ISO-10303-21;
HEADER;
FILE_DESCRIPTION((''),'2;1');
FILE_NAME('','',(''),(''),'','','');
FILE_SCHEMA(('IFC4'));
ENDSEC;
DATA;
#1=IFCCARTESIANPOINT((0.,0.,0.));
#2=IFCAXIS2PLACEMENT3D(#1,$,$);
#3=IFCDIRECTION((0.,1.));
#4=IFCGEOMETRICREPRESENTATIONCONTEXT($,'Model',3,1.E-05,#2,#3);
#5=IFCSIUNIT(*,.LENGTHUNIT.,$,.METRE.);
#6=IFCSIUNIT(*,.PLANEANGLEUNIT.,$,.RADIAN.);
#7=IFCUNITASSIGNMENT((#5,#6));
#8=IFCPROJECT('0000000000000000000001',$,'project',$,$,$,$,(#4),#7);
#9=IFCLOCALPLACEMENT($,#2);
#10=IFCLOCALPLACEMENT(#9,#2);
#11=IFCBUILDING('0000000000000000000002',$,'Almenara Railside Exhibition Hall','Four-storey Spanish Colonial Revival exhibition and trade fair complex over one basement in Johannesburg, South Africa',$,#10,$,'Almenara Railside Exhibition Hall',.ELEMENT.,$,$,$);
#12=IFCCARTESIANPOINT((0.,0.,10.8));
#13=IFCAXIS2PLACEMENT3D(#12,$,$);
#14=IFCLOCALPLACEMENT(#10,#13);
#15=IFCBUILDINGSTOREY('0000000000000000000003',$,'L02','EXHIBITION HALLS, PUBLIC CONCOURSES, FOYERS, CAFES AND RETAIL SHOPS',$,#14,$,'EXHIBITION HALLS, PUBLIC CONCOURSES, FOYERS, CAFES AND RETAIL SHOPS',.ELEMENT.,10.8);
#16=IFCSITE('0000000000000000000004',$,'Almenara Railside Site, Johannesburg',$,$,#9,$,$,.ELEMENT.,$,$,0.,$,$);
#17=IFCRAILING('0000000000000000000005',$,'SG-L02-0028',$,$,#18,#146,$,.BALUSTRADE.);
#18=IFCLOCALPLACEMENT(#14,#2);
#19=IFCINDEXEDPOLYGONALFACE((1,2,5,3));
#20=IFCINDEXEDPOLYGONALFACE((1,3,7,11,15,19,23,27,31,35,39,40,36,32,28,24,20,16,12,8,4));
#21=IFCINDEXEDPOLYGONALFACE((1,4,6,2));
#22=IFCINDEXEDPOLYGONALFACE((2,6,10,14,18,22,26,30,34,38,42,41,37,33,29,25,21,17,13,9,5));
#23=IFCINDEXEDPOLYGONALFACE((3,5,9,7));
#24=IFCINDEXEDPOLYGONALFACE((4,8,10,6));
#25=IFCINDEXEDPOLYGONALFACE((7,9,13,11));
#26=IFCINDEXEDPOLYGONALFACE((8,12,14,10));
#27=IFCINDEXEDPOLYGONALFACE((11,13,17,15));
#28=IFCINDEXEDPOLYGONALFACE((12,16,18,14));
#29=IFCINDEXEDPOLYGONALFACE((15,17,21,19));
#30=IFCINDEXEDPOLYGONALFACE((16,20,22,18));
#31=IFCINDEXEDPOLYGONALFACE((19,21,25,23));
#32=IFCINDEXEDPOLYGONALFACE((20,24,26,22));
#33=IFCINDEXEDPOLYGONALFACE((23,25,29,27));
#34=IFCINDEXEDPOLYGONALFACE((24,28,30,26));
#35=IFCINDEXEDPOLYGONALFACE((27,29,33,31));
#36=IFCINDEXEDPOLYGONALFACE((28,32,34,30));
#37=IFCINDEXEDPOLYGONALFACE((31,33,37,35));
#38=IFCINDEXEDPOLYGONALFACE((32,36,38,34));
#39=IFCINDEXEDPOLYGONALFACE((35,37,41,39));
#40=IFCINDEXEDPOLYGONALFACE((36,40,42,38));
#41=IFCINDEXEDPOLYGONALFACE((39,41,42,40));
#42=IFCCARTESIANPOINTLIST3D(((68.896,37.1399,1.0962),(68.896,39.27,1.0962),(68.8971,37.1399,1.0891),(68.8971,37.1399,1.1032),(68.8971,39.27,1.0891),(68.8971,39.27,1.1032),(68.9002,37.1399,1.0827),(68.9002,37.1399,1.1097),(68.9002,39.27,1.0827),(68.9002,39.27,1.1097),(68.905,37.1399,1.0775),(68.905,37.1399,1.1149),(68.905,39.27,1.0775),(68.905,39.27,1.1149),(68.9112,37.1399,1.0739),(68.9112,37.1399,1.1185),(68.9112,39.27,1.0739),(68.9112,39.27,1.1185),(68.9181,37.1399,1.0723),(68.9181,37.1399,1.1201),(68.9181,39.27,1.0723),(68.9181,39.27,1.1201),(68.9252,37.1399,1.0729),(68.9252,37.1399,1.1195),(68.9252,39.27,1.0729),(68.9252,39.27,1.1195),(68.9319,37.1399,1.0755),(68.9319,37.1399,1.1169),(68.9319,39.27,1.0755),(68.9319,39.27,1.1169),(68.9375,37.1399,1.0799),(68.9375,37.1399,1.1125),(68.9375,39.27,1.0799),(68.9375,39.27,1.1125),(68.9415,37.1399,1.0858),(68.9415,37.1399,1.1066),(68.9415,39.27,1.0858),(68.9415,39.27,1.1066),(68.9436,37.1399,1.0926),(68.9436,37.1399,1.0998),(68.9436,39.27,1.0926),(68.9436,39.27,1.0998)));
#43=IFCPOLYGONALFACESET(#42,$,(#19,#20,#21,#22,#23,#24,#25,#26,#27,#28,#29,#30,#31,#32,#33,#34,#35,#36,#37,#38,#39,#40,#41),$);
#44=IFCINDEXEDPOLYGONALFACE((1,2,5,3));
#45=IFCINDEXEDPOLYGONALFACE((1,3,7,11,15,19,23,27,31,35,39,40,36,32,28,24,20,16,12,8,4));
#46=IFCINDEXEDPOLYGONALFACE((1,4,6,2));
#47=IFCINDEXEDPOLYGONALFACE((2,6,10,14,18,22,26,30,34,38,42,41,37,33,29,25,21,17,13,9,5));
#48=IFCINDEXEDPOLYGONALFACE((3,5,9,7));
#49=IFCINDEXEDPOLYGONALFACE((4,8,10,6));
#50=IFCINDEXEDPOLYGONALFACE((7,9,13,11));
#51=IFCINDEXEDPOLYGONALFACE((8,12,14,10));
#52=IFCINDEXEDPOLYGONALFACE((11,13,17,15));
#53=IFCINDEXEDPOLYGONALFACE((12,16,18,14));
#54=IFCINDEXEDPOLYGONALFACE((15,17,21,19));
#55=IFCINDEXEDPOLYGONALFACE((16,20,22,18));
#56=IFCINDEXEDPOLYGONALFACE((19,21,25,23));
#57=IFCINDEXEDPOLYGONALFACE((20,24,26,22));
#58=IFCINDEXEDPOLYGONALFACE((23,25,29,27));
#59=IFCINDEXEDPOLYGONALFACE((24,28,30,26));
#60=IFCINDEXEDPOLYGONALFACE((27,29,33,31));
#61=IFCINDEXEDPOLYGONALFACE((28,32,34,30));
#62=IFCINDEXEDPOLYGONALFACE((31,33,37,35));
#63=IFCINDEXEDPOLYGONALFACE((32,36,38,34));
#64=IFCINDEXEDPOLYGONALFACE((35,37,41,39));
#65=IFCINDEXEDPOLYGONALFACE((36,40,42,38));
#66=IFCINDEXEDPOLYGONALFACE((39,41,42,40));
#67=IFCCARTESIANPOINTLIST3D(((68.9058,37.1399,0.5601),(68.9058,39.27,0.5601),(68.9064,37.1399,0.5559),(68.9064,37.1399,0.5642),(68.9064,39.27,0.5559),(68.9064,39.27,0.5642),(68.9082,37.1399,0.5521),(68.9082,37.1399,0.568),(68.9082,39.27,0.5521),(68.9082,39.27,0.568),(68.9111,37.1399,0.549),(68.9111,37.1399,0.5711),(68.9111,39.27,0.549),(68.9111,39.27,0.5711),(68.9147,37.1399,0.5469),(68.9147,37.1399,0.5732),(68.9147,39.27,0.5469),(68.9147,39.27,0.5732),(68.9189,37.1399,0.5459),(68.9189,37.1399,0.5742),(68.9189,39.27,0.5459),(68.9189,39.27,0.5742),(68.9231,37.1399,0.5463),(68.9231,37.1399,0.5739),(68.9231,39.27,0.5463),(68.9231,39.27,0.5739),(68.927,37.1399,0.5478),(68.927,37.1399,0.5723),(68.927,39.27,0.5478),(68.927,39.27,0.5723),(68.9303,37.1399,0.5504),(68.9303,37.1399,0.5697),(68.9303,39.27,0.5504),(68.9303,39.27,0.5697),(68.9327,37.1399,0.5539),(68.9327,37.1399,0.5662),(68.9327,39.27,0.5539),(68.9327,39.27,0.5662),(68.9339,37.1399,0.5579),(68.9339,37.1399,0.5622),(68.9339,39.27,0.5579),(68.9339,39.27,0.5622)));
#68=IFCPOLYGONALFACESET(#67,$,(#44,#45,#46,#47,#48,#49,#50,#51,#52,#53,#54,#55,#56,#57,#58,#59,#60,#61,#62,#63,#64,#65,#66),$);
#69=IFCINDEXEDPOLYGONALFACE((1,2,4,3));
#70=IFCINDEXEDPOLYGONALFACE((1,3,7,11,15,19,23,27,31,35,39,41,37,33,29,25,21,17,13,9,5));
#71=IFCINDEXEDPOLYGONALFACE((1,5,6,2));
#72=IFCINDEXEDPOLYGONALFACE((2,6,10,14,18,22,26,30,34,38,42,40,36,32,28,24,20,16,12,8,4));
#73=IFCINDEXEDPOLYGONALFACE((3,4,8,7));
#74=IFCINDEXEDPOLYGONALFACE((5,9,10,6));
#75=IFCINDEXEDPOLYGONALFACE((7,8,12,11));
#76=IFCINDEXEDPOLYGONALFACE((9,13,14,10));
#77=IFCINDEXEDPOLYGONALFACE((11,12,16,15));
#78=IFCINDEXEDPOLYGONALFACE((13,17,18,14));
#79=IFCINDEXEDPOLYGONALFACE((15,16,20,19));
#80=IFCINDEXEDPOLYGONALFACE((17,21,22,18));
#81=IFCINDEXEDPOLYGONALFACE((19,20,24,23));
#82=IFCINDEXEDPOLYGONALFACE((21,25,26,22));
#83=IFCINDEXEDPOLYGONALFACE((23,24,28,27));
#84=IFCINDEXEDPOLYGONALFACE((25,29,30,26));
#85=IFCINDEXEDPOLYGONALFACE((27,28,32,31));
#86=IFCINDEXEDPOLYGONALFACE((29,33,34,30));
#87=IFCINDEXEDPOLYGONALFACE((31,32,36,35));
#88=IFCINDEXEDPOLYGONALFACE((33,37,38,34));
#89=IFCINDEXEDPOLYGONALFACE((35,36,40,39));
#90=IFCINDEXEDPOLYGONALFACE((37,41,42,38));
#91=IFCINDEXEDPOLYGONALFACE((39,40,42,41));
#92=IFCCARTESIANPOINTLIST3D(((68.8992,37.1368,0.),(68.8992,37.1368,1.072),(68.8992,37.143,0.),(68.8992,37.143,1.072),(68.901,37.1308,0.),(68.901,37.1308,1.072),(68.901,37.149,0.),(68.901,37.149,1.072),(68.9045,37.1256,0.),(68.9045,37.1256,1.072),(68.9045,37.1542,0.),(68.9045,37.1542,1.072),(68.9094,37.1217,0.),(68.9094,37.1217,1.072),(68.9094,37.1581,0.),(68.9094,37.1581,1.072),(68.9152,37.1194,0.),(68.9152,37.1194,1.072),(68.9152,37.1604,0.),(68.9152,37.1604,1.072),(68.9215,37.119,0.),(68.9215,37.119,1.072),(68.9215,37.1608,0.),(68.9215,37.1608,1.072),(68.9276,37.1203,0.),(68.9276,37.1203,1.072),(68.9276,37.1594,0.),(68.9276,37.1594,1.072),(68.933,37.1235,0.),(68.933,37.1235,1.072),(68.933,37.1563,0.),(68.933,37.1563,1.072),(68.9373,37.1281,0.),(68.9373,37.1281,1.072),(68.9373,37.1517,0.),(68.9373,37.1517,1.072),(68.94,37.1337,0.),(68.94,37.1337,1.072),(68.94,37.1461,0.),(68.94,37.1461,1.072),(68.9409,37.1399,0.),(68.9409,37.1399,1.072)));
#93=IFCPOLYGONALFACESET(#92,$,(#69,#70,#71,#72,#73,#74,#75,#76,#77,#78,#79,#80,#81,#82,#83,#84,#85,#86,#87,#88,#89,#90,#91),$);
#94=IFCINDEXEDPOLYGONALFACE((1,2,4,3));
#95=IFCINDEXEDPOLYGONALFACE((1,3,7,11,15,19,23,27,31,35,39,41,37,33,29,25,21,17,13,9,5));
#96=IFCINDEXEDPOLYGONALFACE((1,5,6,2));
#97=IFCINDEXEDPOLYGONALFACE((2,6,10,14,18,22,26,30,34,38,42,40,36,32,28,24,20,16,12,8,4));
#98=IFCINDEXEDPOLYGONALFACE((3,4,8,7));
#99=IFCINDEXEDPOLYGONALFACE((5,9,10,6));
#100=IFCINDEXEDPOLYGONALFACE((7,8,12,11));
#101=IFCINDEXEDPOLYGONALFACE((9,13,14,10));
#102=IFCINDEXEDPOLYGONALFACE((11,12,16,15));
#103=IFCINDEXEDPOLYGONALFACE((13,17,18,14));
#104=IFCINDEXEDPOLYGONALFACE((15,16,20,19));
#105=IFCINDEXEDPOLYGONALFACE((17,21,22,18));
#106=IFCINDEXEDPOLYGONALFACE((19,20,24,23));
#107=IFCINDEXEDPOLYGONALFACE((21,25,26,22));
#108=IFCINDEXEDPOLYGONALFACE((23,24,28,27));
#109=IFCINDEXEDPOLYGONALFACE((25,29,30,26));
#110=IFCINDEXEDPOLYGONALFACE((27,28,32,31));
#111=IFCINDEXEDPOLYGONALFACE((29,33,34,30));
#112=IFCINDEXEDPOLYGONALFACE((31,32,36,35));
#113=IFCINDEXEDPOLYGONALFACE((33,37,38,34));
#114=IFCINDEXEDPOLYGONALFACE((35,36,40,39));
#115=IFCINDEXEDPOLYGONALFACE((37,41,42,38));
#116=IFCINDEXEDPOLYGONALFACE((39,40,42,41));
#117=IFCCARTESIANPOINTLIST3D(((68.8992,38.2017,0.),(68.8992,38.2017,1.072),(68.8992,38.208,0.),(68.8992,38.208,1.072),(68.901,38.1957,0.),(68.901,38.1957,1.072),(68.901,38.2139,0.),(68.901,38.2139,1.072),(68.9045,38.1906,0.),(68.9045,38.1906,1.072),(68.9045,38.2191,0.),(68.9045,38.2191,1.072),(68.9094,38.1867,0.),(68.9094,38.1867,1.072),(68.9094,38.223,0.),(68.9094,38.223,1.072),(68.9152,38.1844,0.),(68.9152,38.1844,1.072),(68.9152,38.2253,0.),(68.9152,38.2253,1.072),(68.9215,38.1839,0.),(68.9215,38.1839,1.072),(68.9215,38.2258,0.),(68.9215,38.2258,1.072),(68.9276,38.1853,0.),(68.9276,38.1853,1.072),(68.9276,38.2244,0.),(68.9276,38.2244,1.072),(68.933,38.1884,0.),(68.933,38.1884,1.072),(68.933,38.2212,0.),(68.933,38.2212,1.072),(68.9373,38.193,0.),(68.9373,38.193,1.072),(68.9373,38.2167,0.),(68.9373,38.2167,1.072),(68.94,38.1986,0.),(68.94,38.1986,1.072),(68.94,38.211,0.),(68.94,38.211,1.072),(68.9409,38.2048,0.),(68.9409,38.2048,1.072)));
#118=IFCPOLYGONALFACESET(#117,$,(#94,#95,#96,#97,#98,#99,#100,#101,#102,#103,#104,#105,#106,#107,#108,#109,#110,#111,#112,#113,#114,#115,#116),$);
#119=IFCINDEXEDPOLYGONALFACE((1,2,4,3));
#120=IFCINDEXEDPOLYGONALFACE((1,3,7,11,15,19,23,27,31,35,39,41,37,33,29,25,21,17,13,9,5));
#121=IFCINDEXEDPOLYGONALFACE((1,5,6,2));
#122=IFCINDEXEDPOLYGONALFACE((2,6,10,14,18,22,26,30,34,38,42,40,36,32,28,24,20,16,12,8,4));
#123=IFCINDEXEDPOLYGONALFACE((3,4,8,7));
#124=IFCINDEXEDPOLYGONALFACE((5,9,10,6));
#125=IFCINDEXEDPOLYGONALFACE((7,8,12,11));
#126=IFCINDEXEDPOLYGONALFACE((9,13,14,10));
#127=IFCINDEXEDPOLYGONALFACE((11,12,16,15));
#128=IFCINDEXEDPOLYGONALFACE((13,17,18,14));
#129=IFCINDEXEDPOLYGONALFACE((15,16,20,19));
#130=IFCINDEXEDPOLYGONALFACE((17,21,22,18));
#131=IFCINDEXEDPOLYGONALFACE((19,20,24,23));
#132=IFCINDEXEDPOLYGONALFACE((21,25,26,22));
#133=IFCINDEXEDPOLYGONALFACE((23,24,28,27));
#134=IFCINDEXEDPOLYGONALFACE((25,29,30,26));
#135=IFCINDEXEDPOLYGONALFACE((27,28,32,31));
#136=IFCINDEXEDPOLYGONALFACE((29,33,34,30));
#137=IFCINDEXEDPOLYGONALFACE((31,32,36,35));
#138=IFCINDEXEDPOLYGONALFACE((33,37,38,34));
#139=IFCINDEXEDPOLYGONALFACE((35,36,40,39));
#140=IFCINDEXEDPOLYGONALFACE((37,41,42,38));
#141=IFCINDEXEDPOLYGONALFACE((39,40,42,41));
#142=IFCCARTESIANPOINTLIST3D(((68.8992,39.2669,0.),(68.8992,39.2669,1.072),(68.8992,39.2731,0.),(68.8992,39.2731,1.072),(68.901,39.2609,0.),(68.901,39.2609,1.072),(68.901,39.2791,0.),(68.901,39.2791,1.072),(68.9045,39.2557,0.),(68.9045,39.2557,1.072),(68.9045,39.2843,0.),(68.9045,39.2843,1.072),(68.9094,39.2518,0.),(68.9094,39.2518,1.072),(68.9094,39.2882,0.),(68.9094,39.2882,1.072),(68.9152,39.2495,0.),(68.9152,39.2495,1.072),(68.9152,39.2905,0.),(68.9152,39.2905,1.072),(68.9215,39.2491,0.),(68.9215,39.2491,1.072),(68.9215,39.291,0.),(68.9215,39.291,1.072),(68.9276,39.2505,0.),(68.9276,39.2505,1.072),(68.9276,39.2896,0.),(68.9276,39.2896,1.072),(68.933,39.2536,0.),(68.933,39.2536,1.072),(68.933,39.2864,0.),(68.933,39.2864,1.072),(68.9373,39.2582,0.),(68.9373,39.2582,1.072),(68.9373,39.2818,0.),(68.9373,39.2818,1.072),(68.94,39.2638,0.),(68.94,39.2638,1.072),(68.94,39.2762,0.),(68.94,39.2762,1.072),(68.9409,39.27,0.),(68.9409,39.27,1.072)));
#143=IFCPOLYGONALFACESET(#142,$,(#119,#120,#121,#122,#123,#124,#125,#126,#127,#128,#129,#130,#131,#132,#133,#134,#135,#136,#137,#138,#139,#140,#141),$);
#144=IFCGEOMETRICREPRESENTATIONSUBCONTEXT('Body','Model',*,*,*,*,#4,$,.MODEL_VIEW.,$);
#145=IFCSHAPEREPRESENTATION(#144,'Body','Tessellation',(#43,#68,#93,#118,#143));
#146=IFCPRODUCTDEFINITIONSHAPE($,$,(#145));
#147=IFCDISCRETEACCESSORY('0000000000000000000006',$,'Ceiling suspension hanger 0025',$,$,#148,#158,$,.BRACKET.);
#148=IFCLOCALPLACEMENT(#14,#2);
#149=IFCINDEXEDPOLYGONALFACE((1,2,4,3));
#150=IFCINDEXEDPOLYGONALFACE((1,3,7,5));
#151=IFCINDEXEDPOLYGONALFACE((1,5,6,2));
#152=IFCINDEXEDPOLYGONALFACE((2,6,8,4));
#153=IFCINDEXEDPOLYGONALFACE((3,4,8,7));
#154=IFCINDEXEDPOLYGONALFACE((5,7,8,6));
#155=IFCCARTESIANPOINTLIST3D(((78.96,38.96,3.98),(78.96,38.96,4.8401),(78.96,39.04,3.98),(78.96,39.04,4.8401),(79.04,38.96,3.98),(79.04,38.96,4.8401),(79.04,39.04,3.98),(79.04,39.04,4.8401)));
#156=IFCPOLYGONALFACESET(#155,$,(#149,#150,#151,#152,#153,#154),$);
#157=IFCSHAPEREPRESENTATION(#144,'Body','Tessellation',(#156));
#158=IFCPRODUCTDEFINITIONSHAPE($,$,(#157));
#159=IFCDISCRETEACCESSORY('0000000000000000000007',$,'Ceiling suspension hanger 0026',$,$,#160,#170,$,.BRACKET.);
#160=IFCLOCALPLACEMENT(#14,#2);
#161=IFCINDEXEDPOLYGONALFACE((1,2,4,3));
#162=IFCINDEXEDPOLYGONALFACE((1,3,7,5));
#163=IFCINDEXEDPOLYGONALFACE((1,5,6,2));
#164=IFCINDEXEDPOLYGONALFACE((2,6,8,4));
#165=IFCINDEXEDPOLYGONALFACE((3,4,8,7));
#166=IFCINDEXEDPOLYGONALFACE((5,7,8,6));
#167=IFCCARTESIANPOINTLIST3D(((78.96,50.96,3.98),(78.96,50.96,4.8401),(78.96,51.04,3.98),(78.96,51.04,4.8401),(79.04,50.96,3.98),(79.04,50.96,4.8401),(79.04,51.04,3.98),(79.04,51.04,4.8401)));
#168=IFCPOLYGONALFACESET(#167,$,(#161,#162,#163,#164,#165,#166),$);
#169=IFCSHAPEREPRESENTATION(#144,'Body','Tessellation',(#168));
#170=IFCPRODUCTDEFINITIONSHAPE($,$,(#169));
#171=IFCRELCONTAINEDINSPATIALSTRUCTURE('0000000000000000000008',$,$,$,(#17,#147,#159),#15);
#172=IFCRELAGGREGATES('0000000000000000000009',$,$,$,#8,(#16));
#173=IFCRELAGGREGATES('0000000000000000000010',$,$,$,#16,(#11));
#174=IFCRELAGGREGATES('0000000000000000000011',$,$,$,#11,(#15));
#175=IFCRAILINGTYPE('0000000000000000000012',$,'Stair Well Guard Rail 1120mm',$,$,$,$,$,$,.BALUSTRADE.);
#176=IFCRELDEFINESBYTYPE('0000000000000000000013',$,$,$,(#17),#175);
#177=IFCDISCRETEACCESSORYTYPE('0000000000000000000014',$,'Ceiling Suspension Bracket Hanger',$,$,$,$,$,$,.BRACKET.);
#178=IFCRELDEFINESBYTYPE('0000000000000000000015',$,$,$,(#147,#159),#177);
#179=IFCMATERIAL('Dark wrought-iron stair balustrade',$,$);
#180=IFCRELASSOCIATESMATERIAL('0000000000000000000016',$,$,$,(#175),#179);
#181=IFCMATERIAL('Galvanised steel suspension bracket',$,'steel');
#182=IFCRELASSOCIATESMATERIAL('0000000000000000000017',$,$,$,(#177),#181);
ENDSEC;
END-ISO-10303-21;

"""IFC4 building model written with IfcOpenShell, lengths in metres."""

from ifc_helpers import new_model, si_unit, direction, frame, origin, origin_2d, place, context, subcontext, project, spatial, rectangle, circle, extrude, material, type_object, element, save


model = new_model("IFC4")

# Units and contexts
model_context = context("Model", 3, precision=1e-05, world=origin(), true_north=direction((0.0, 1.0)))
body_context = subcontext(model_context, "Body", "Model", "MODEL_VIEW")
ifc_project = project(units=[si_unit("LENGTHUNIT", "METRE"), si_unit("PLANEANGLEUNIT", "RADIAN")], contexts=[model_context])

# Site, building, storey
site_placement = place(None, origin())
site = spatial("IfcSite", under=ifc_project, at=site_placement, Name="Almenara Railside Site, Johannesburg", CompositionType="ELEMENT", RefElevation=0.0)
building_placement = place(site_placement, origin())
building = spatial("IfcBuilding", under=site, at=building_placement, Name="Almenara Railside Exhibition Hall", Description="Four-storey Spanish Colonial Revival exhibition and trade fair complex over one basement in Johannesburg, South Africa", LongName="Almenara Railside Exhibition Hall", CompositionType="ELEMENT")
storey_placement = place(building_placement, frame((0.0, 0.0, 10.8)))
storey = spatial("IfcBuildingStorey", under=building, at=storey_placement, Name="L02", Description="EXHIBITION HALLS, PUBLIC CONCOURSES, FOYERS, CAFES AND RETAIL SHOPS", LongName="EXHIBITION HALLS, PUBLIC CONCOURSES, FOYERS, CAFES AND RETAIL SHOPS", CompositionType="ELEMENT", Elevation=10.8)

# Railing
ifc_material_1 = material(Name="Dark wrought-iron stair balustrade")
railing_type = type_object("IfcRailingType", Name="Stair Well Guard Rail 1120mm", PredefinedType="BALUSTRADE", material=ifc_material_1)
railing_placement = place(storey_placement, frame((68.9199, 37.1399, 0.0)))
element("IfcRailing", 1, at=railing_placement, inside=storey, type_object=railing_type, Name="SG-L02-0028", PredefinedType="BALUSTRADE", context=body_context, shape_type="SweptSolid", body=[
    extrude(circle(Radius=0.0239, at=origin_2d()), frame((0.0, 0.0, 1.0962), z_axis=(0.0, 1.0, 0.0), x_axis=(-1.0, 0.0, 0.0)), (0.0, 0.0, 1.0), 2.1301),
    extrude(circle(Radius=0.0142, at=origin_2d()), frame((0.0, 0.0, 0.5601), z_axis=(0.0, 1.0, 0.0), x_axis=(-1.0, 0.0, 0.0)), (0.0, 0.0, 1.0), 2.1301),
    extrude(circle(Radius=0.021, at=origin_2d()), origin(), (0.0, 0.0, 1.0), 1.072),
    extrude(circle(Radius=0.021, at=origin_2d()), frame((0.0, 1.0649, 0.0)), (0.0, 0.0, 1.0), 1.072),
    extrude(circle(Radius=0.021, at=origin_2d()), frame((0.0, 2.1301, 0.0)), (0.0, 0.0, 1.0), 1.072),
])

# Discrete accessories
ifc_material_2 = material(Name="Galvanised steel suspension bracket", Category="steel")
discrete_accessory_type = type_object("IfcDiscreteAccessoryType", Name="Ceiling Suspension Bracket Hanger", PredefinedType="BRACKET", material=ifc_material_2)
for number, where, z_axis, x_axis, name in (
    (2, (79.0, 39.0, 3.98), (0.0, 0.0, 1.0), (1.0, 0.0, 0.0), "Ceiling suspension hanger 0025"),
    (3, (79.0, 51.0, 3.98), (0.0, 0.0, 1.0), (1.0, 0.0, 0.0), "Ceiling suspension hanger 0026"),
):
    element("IfcDiscreteAccessory", number, at=place(storey_placement, frame(where, z_axis=z_axis, x_axis=x_axis)), inside=storey, type_object=discrete_accessory_type, Name=name, PredefinedType="BRACKET", context=body_context, shape_type="SweptSolid", body=[
        extrude(rectangle(XDim=0.0801, YDim=0.0801, at=origin_2d()), origin(), (0.0, 0.0, 1.0), 0.8601),
    ])

save(model, "model.ifc")
